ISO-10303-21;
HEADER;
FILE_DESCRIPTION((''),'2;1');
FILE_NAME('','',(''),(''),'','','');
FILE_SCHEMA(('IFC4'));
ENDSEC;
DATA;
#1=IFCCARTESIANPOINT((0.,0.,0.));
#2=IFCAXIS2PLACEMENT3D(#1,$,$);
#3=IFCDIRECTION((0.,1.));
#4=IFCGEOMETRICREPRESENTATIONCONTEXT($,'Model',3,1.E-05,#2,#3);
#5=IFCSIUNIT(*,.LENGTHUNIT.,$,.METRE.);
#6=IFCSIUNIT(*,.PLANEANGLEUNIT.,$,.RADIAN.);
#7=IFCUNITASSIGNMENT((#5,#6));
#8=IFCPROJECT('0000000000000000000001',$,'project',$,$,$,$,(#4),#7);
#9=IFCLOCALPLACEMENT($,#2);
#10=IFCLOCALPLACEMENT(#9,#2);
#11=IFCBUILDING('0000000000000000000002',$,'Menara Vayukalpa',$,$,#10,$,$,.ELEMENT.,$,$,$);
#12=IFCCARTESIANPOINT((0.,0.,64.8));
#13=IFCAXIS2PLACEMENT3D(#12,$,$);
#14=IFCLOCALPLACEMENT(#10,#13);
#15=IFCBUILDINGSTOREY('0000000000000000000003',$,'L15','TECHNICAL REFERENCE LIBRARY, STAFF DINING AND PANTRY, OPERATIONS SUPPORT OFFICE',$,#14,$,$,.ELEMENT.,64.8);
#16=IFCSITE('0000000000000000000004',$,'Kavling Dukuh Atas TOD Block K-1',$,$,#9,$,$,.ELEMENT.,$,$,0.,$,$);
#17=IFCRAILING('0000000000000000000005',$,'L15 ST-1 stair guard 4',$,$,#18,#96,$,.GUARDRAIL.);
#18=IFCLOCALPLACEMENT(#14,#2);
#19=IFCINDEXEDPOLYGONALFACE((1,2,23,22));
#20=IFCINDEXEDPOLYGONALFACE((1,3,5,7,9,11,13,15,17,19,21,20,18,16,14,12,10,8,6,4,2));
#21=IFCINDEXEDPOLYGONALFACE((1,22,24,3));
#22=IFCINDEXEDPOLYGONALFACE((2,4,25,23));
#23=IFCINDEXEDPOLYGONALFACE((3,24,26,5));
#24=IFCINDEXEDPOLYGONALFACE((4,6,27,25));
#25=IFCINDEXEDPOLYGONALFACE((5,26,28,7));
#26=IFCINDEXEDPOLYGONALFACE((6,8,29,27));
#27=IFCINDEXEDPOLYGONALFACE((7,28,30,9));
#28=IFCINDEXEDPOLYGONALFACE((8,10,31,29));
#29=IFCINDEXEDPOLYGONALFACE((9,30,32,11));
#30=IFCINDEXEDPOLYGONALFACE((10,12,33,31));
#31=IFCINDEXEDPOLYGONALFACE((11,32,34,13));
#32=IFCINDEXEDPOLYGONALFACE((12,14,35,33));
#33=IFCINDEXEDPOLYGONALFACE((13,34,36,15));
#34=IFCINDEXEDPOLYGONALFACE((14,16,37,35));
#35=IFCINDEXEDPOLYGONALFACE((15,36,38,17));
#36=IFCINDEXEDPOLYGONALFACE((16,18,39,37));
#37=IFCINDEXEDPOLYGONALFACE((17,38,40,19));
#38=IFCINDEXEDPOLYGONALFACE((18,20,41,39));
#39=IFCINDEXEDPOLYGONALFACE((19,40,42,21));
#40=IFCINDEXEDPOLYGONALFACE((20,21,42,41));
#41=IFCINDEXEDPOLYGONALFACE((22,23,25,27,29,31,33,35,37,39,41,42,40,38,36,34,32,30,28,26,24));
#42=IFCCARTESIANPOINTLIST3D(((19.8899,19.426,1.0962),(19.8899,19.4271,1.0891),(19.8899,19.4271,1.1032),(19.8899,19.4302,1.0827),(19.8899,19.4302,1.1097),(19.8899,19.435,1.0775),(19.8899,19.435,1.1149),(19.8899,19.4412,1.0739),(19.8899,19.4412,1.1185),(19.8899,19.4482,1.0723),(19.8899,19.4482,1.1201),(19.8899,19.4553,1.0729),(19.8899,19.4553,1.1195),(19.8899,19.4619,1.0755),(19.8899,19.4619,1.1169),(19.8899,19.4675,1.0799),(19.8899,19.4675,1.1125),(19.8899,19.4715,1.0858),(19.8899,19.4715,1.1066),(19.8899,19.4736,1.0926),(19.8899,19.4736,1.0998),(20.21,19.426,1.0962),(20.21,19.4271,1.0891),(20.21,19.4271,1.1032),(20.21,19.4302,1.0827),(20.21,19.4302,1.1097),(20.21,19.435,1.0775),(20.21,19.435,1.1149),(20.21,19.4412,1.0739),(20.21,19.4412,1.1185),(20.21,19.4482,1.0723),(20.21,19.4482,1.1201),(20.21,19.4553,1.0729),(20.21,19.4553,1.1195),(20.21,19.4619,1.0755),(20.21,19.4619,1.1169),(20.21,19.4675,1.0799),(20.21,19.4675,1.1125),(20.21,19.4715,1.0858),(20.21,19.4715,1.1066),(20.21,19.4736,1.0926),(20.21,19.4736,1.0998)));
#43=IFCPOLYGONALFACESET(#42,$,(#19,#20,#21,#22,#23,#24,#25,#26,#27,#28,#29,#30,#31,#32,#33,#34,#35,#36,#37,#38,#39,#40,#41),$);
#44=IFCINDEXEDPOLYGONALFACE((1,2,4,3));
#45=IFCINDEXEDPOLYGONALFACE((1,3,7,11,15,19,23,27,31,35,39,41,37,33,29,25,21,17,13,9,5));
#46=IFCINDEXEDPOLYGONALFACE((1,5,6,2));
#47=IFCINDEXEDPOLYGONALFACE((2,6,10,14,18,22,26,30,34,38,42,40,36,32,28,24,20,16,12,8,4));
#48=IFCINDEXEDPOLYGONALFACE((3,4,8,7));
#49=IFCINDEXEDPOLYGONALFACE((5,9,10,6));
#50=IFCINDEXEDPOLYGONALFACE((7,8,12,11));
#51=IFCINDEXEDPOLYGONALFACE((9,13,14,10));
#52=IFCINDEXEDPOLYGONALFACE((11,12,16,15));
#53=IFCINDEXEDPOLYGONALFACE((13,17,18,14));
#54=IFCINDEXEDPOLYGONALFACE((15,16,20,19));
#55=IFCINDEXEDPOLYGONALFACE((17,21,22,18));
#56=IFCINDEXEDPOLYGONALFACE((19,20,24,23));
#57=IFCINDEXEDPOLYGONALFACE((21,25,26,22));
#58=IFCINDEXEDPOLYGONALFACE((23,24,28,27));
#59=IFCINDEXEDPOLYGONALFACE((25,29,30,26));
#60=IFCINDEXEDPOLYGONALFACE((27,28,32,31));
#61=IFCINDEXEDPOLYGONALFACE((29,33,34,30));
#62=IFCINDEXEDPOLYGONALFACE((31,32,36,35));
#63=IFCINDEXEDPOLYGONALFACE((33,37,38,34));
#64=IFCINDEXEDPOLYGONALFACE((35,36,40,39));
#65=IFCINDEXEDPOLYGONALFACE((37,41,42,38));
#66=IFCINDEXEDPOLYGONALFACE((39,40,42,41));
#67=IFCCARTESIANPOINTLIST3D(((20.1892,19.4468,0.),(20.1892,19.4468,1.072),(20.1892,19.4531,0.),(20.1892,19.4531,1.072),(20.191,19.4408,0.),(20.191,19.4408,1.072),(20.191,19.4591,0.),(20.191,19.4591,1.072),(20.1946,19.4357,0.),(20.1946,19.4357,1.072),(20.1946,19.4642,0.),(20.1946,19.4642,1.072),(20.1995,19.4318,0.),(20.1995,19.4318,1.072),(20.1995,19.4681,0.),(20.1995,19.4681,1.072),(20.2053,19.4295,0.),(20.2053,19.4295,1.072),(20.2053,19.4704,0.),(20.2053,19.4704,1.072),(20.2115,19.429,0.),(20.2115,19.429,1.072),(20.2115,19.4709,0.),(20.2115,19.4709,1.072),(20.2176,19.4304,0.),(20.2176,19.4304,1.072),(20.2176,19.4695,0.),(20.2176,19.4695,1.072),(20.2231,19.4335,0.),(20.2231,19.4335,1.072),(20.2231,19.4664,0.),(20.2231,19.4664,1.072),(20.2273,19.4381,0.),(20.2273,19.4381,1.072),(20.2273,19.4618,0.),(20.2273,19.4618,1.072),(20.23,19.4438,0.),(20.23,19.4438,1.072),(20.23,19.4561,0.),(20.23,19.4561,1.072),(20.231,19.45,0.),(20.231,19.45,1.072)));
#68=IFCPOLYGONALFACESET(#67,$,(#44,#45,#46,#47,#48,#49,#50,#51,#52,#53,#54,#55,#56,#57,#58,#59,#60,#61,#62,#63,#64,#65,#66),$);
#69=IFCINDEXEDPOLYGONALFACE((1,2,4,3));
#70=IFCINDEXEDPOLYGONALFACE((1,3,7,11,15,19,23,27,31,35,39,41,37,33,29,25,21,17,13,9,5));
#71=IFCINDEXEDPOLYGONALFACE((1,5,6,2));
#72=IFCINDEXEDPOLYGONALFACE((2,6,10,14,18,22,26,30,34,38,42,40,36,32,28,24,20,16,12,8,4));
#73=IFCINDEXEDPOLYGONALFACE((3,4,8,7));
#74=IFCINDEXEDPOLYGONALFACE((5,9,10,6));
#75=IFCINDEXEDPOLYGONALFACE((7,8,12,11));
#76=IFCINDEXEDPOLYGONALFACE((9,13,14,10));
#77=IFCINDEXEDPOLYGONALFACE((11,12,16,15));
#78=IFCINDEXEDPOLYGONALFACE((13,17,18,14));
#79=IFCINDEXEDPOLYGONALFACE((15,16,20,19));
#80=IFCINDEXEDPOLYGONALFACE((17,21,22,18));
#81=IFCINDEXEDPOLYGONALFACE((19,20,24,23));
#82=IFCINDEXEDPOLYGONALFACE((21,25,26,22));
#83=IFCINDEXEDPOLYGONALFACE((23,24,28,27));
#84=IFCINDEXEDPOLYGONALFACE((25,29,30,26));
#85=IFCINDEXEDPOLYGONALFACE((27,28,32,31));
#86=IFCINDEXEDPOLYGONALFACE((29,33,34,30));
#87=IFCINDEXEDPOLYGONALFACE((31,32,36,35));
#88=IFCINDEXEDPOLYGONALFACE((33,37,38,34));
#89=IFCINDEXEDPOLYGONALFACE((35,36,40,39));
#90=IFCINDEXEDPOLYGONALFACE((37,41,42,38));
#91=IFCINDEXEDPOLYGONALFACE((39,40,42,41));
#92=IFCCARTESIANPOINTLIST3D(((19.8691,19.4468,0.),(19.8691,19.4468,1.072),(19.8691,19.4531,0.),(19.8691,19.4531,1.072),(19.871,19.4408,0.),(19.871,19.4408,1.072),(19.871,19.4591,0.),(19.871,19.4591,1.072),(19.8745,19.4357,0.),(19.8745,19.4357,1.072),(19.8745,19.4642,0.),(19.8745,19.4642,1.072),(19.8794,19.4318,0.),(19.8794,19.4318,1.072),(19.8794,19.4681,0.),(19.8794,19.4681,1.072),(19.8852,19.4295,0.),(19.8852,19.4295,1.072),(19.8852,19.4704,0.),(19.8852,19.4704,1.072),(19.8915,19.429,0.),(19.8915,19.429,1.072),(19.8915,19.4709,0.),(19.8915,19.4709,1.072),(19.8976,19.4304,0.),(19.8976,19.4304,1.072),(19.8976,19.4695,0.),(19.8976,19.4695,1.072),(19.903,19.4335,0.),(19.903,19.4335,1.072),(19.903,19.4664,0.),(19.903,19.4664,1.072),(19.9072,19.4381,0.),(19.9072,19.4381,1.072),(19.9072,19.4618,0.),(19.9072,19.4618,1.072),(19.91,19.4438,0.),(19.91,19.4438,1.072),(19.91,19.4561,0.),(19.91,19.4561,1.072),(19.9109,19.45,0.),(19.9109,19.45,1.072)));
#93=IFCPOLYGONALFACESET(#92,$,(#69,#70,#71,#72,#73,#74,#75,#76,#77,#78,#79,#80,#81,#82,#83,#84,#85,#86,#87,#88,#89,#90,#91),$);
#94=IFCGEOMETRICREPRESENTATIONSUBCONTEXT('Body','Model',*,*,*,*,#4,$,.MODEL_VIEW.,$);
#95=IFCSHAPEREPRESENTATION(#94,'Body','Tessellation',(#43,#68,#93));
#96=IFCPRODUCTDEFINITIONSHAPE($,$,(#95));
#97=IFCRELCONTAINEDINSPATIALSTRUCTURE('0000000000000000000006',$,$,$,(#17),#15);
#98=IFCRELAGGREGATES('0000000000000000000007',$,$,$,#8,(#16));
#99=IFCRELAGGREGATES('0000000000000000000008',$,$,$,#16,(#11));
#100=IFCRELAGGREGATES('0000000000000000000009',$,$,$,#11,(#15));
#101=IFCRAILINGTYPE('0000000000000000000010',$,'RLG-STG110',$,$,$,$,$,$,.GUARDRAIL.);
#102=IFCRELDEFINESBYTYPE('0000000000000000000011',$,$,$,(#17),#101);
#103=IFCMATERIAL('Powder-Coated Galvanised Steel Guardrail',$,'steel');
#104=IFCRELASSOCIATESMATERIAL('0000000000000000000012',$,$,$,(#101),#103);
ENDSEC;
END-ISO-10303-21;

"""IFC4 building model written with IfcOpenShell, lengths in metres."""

from ifc_helpers import new_model, si_unit, direction, frame, origin, origin_2d, place, context, subcontext, project, spatial, circle, extrude, material, type_object, element, save


model = new_model("IFC4")

# Units and contexts
model_context = context("Model", 3, precision=1e-05, world=origin(), true_north=direction((0.0, 1.0)))
body_context = subcontext(model_context, "Body", "Model", "MODEL_VIEW")
ifc_project = project(units=[si_unit("LENGTHUNIT", "METRE"), si_unit("PLANEANGLEUNIT", "RADIAN")], contexts=[model_context])

# Site, building, storey
site_placement = place(None, origin())
site = spatial("IfcSite", under=ifc_project, at=site_placement, Name="Kavling Dukuh Atas TOD Block K-1", CompositionType="ELEMENT", RefElevation=0.0)
building_placement = place(site_placement, origin())
building = spatial("IfcBuilding", under=site, at=building_placement, Name="Menara Vayukalpa", CompositionType="ELEMENT")
storey_placement = place(building_placement, frame((0.0, 0.0, 64.8)))
storey = spatial("IfcBuildingStorey", under=building, at=storey_placement, Name="L15", Description="TECHNICAL REFERENCE LIBRARY, STAFF DINING AND PANTRY, OPERATIONS SUPPORT OFFICE", CompositionType="ELEMENT", Elevation=64.8)

# Railing
ifc_material_1 = material(Name="Powder-Coated Galvanised Steel Guardrail", Category="steel")
railing_type_1 = type_object("IfcRailingType", Name="RLG-STG110", PredefinedType="GUARDRAIL", material=ifc_material_1)
railing_1_placement = place(storey_placement, frame((20.21, 19.45, 0.0)))
element("IfcRailing", 1, at=railing_1_placement, inside=storey, type_object=railing_type_1, Name="L15 ST-1 stair guard 4", PredefinedType="GUARDRAIL", context=body_context, shape_type="SweptSolid", body=[
    extrude(circle(Radius=0.0239, at=origin_2d()), frame((0.0, 0.0, 1.0962), z_axis=(-1.0, 0.0, 0.0), x_axis=(0.0, -1.0, 0.0)), (0.0, 0.0, 1.0), 0.3201),
    extrude(circle(Radius=0.021, at=origin_2d()), origin(), (0.0, 0.0, 1.0), 1.072),
    extrude(circle(Radius=0.021, at=origin_2d()), frame((-0.3201, 0.0, 0.0)), (0.0, 0.0, 1.0), 1.072),
])

save(model, "model.ifc")
